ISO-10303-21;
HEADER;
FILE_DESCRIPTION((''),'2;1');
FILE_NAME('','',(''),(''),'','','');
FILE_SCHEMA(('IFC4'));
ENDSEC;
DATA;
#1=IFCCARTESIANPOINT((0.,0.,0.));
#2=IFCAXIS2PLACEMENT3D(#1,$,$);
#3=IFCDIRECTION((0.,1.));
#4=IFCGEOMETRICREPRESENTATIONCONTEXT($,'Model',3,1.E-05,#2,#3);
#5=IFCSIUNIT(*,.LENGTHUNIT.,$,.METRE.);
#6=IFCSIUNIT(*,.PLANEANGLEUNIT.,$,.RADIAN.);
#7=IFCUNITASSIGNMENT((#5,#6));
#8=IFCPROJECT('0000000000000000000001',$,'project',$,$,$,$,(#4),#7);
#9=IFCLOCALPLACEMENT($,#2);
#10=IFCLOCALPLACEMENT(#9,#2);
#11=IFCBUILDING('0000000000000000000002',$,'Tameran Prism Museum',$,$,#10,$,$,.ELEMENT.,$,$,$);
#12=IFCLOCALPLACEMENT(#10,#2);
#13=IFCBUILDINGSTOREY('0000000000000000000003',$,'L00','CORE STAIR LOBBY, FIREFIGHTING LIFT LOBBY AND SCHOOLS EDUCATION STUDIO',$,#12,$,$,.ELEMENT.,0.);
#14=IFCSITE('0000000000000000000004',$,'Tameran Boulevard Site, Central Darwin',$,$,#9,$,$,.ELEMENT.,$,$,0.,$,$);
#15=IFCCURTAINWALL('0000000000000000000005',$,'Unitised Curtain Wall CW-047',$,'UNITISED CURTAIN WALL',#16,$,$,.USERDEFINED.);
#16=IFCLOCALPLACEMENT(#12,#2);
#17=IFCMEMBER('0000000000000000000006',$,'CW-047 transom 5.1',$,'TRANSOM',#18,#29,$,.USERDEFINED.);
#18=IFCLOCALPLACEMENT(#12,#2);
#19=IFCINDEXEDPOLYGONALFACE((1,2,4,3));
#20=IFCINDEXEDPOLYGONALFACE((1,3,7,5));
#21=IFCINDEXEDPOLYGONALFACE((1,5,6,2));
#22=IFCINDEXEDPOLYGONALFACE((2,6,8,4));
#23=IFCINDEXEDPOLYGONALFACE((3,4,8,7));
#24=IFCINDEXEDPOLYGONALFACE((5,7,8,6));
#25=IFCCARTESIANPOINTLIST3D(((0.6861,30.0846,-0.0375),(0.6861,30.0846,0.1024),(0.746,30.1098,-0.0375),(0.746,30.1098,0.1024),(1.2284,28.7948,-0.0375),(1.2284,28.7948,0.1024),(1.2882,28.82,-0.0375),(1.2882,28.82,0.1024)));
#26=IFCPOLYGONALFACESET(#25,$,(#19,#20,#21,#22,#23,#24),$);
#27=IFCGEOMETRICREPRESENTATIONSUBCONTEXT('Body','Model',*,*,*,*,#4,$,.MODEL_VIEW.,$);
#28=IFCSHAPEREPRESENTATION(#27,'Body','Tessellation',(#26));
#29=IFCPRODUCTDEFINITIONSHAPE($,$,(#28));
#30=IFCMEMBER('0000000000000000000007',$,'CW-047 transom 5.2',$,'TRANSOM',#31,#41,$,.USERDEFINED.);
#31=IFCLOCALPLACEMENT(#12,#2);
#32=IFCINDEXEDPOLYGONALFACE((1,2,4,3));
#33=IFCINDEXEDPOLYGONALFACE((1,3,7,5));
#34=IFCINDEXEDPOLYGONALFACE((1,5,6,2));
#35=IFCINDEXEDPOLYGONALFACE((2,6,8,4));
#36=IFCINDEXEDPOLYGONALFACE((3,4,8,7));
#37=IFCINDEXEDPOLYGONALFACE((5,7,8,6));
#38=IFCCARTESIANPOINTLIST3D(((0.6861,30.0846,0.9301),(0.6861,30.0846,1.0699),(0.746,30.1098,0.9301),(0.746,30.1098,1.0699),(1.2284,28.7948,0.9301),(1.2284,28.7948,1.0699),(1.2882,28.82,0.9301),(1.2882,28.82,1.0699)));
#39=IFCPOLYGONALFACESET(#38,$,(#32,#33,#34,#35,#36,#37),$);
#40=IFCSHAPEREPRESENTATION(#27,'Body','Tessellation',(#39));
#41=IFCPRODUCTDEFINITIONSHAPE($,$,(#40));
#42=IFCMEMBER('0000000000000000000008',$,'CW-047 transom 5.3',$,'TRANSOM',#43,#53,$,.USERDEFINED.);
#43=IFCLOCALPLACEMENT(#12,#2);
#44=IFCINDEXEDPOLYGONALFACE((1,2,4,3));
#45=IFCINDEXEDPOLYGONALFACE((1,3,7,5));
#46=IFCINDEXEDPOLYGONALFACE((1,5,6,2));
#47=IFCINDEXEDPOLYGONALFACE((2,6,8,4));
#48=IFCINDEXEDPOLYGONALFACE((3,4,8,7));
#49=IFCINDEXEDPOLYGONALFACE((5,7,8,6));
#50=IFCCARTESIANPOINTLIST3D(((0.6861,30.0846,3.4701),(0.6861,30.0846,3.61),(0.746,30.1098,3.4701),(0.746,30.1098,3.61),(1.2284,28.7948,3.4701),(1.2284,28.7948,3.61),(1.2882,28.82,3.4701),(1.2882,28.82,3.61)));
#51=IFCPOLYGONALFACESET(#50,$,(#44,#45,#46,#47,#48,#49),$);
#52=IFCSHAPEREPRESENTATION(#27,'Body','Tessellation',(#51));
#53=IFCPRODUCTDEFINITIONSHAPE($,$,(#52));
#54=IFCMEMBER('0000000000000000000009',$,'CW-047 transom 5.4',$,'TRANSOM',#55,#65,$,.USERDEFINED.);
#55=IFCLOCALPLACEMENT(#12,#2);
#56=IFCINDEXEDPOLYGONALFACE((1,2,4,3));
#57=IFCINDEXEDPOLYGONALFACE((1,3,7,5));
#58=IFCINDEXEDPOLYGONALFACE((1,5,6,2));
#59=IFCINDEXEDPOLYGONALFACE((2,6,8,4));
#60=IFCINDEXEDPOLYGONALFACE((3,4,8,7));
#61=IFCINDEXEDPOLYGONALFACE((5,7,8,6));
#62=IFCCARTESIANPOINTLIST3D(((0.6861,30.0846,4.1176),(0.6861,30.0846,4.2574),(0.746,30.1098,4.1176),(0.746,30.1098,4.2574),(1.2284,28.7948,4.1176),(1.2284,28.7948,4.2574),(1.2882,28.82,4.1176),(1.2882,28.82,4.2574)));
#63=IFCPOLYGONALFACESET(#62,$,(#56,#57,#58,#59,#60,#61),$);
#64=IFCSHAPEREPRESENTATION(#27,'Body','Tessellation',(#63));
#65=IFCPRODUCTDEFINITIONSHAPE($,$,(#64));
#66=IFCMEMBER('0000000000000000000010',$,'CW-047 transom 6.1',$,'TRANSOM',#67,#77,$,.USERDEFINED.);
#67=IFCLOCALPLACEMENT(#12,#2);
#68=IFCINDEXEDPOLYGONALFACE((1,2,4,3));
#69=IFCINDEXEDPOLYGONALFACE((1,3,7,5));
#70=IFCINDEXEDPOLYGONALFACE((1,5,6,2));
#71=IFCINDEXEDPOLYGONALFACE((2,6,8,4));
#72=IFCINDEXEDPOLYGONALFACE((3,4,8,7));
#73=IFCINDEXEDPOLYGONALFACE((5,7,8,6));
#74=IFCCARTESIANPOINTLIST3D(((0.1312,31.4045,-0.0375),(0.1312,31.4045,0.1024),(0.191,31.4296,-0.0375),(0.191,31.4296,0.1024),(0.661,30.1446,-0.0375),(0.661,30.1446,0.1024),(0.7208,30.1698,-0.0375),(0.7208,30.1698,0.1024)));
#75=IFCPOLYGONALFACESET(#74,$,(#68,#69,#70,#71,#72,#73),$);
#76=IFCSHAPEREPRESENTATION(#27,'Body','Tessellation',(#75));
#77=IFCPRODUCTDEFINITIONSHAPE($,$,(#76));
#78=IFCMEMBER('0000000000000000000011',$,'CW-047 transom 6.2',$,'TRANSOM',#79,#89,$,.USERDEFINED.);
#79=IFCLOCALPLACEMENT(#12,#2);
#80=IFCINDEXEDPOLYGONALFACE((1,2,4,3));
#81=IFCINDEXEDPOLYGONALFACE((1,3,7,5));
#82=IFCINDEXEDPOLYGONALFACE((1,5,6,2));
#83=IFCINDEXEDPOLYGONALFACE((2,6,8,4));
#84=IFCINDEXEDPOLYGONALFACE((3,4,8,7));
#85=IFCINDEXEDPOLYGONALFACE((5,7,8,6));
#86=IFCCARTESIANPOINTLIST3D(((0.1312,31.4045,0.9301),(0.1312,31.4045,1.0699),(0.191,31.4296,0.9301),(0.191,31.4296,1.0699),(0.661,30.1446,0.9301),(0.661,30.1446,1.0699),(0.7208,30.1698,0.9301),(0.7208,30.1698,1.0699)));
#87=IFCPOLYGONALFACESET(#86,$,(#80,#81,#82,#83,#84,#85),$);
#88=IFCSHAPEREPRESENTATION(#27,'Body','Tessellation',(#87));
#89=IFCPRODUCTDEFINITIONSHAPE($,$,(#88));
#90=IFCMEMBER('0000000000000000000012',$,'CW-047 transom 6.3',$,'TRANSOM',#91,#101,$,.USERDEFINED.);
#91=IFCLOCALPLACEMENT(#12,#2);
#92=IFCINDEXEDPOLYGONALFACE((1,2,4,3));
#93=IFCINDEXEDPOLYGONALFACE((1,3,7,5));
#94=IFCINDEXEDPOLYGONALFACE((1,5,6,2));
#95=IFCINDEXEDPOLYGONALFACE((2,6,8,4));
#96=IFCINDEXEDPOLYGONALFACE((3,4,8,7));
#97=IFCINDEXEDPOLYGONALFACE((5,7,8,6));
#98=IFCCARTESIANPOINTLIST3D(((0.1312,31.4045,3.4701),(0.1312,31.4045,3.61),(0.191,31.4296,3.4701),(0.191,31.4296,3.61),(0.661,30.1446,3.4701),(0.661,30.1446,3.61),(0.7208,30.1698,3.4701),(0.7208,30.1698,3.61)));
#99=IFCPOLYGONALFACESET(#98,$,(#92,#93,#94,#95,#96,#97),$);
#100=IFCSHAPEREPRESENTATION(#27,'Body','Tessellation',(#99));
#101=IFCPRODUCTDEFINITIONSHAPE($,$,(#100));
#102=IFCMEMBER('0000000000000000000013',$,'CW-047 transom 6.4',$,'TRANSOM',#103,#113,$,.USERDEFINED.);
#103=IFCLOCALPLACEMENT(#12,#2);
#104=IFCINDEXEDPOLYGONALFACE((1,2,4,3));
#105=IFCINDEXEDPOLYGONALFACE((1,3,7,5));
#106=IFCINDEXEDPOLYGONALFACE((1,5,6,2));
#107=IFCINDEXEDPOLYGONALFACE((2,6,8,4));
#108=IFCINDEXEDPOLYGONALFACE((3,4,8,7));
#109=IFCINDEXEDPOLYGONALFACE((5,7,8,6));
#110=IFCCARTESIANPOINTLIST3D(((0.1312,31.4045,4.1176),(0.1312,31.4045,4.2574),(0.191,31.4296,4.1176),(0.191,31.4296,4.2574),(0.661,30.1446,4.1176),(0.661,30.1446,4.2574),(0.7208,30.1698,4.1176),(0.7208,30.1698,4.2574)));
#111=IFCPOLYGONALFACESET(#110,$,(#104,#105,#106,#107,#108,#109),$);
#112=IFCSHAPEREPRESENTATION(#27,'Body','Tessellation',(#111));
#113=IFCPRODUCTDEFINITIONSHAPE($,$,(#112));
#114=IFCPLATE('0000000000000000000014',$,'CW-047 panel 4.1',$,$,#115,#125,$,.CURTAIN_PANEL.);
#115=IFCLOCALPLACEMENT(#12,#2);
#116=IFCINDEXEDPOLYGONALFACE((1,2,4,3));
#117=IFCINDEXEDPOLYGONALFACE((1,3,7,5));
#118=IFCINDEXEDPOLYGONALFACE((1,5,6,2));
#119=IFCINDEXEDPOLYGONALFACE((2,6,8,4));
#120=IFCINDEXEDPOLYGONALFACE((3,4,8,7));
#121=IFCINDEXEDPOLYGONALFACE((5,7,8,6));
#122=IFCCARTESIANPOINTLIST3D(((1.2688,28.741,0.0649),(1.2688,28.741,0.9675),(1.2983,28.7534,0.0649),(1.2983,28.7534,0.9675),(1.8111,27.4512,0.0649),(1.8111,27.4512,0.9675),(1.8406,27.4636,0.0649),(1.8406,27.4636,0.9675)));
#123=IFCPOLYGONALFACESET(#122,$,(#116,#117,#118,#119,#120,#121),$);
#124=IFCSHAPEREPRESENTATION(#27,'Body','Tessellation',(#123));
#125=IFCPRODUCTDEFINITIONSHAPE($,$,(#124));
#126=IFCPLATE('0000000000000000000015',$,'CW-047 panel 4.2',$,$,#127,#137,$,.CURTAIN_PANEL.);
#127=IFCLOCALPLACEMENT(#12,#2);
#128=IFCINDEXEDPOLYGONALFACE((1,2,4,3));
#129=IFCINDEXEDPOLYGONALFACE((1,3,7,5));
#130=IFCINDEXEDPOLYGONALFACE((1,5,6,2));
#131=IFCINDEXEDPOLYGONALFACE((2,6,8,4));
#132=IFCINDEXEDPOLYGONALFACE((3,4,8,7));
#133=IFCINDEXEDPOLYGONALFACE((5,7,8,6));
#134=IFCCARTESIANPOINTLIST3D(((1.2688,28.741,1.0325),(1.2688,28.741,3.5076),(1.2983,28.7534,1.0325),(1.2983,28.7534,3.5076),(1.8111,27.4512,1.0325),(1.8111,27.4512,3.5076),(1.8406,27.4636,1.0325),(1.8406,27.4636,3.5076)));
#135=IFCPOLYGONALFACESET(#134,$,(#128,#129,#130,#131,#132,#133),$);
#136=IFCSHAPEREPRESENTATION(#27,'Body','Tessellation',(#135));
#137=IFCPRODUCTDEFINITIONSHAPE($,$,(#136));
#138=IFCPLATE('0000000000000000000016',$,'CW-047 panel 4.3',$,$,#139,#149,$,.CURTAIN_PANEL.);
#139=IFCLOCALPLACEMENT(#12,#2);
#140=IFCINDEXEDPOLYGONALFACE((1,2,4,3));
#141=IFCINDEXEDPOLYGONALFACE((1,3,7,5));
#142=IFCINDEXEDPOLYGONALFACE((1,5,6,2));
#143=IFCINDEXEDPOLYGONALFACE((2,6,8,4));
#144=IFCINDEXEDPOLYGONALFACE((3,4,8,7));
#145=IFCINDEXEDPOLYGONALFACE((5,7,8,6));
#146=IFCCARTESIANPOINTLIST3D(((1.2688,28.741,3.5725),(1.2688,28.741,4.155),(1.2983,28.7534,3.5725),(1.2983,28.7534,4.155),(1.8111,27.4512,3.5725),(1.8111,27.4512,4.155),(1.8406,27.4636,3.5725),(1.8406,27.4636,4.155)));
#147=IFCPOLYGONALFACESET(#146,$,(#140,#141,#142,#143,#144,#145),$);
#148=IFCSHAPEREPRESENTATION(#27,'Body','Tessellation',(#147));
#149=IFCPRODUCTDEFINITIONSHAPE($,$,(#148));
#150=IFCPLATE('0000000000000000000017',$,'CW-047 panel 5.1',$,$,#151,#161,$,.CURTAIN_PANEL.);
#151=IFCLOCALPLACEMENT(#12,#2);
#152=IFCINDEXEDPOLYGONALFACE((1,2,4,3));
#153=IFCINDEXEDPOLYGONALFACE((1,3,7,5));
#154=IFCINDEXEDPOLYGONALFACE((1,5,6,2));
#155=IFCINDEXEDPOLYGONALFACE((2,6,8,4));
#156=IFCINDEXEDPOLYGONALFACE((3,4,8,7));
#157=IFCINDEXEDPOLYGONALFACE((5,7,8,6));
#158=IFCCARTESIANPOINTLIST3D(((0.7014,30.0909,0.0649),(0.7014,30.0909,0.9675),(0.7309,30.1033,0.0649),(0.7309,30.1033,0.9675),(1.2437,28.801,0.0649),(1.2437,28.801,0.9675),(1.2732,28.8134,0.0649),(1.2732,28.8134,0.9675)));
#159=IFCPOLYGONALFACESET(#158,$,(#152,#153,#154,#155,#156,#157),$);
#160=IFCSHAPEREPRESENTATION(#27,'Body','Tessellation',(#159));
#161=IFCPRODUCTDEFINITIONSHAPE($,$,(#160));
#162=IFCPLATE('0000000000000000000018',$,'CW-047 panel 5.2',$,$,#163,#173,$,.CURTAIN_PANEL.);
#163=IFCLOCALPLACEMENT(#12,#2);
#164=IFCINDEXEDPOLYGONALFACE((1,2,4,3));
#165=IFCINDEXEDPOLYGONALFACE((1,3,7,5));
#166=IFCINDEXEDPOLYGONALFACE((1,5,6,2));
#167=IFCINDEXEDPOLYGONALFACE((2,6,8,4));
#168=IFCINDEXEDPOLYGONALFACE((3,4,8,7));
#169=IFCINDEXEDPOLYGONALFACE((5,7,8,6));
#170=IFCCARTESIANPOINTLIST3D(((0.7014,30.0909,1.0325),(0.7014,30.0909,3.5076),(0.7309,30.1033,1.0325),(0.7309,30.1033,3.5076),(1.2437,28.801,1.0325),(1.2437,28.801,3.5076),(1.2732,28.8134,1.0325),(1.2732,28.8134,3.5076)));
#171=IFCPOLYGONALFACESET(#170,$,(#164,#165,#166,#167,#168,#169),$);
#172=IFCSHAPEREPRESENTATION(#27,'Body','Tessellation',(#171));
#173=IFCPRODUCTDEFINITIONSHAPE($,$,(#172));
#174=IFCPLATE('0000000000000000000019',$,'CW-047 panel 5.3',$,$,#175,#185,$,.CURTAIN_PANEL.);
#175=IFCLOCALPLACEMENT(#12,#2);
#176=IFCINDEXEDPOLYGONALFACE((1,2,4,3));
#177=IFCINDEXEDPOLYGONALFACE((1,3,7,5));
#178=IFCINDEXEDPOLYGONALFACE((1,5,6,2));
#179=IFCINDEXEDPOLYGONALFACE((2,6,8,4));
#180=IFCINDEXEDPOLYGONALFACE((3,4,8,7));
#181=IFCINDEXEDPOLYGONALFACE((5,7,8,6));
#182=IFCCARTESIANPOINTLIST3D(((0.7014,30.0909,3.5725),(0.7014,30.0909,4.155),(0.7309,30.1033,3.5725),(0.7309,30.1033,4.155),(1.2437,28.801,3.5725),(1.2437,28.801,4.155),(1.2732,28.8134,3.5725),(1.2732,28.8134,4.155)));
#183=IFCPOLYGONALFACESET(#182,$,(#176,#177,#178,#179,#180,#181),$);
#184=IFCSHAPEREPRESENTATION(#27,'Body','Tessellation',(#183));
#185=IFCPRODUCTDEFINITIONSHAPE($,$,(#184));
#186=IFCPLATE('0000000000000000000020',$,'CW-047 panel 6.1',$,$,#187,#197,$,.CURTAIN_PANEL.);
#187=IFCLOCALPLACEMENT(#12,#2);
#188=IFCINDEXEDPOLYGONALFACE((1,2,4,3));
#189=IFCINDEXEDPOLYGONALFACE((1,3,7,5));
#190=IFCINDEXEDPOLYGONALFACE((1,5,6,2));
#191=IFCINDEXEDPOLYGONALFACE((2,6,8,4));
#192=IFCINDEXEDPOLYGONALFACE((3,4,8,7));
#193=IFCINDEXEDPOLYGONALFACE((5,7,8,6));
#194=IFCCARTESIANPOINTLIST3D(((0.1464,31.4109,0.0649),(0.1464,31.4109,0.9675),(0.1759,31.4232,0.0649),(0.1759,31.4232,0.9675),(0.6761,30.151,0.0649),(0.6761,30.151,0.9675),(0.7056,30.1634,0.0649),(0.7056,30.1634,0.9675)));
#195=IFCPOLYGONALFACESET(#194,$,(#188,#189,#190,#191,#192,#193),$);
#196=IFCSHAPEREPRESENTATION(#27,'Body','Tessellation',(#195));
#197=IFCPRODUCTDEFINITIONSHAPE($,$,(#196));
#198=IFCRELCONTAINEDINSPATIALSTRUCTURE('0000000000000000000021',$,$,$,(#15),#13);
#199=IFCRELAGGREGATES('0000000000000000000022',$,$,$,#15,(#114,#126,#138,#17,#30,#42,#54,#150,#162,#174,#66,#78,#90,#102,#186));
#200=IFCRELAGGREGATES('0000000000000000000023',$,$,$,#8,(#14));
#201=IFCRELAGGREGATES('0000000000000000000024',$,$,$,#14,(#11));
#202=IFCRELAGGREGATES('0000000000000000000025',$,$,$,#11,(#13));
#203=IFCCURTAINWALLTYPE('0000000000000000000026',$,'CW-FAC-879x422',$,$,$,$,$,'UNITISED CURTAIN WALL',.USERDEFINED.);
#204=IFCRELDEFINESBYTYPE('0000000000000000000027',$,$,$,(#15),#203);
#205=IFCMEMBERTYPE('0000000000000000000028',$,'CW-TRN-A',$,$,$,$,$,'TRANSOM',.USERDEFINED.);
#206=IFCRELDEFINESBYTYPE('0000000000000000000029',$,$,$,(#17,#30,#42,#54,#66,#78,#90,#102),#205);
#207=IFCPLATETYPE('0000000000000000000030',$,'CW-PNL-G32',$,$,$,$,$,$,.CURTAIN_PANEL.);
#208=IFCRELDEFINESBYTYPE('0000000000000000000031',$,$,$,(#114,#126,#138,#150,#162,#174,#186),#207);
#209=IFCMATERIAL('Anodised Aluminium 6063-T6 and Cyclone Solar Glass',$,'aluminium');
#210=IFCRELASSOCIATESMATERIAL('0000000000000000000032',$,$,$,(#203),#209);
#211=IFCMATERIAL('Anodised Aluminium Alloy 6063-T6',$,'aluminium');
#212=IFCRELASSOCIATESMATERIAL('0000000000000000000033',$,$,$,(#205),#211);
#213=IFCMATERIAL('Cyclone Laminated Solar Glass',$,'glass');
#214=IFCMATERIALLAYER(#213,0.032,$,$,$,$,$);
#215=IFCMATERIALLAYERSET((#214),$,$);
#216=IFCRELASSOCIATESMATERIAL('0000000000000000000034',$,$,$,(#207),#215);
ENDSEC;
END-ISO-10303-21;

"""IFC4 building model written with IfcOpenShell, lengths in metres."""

from ifc_helpers import new_model, si_unit, direction, frame, origin, origin_2d, place, context, subcontext, project, spatial, rectangle, extrude, material, layer, layer_set, material_profile, profile_set, type_object, element, aggregate, save


model = new_model("IFC4")

# Units and contexts
model_context = context("Model", 3, precision=1e-05, world=origin(), true_north=direction((0.0, 1.0)))
body_context = subcontext(model_context, "Body", "Model", "MODEL_VIEW")
ifc_project = project(units=[si_unit("LENGTHUNIT", "METRE"), si_unit("PLANEANGLEUNIT", "RADIAN")], contexts=[model_context])

# Site, building, storey
site_placement = place(None, origin())
site = spatial("IfcSite", under=ifc_project, at=site_placement, Name="Tameran Boulevard Site, Central Darwin", CompositionType="ELEMENT", RefElevation=0.0)
building_placement = place(site_placement, origin())
building = spatial("IfcBuilding", under=site, at=building_placement, Name="Tameran Prism Museum", CompositionType="ELEMENT")
storey_placement = place(building_placement, origin())
storey = spatial("IfcBuildingStorey", under=building, at=storey_placement, Name="L00", Description="CORE STAIR LOBBY, FIREFIGHTING LIFT LOBBY AND SCHOOLS EDUCATION STUDIO", CompositionType="ELEMENT", Elevation=0.0)

# Curtain wall, members, plates
ifc_material_1 = material(Name="Anodised Aluminium 6063-T6 and Cyclone Solar Glass", Category="aluminium")
curtain_wall_type = type_object("IfcCurtainWallType", Name="CW-FAC-879x422", ElementType="UNITISED CURTAIN WALL", PredefinedType="USERDEFINED", material=ifc_material_1)
curtain_wall_placement = place(storey_placement, origin())
curtain_wall = element("IfcCurtainWall", 1, at=curtain_wall_placement, inside=storey, type_object=curtain_wall_type, Name="Unitised Curtain Wall CW-047", ObjectType="UNITISED CURTAIN WALL", PredefinedType="USERDEFINED")
ifc_material_2 = material(Name="Anodised Aluminium Alloy 6063-T6", Category="aluminium")
ifc_material_profile_1 = material_profile(ifc_material_2, rectangle(XDim=0.0649, YDim=0.1399, at=origin_2d()))
ifc_profile_set_1 = profile_set([ifc_material_profile_1])
member_type_1 = type_object("IfcMemberType", Name="CW-TRN-A", ElementType="TRANSOM", PredefinedType="USERDEFINED", material=ifc_profile_set_1)
member_1_placement = place(storey_placement, frame((1.2583, 28.8074, 0.0325), z_axis=(-0.38755, 0.921849, 0.0), x_axis=(-0.921849, -0.38755, 0.0)))
member_1 = element("IfcMember", 2, at=member_1_placement, type_object=member_type_1, Name="CW-047 transom 5.1", ObjectType="TRANSOM", PredefinedType="USERDEFINED", context=body_context, shape_type="SweptSolid", body=[
    extrude(rectangle(XDim=0.0649, YDim=0.1399, at=origin_2d()), origin(), (0.0, 0.0, 1.0), 1.3992),
])
member_2_placement = place(storey_placement, frame((1.2583, 28.8074, 1.0), z_axis=(-0.38755, 0.921849, 0.0), x_axis=(-0.921849, -0.38755, 0.0)))
member_2 = element("IfcMember", 3, at=member_2_placement, type_object=member_type_1, Name="CW-047 transom 5.2", ObjectType="TRANSOM", PredefinedType="USERDEFINED", context=body_context, shape_type="SweptSolid", body=[
    extrude(rectangle(XDim=0.0649, YDim=0.1399, at=origin_2d()), origin(), (0.0, 0.0, 1.0), 1.3992),
])
member_3_placement = place(storey_placement, frame((1.2583, 28.8074, 3.54), z_axis=(-0.38755, 0.921849, 0.0), x_axis=(-0.921849, -0.38755, 0.0)))
member_3 = element("IfcMember", 4, at=member_3_placement, type_object=member_type_1, Name="CW-047 transom 5.3", ObjectType="TRANSOM", PredefinedType="USERDEFINED", context=body_context, shape_type="SweptSolid", body=[
    extrude(rectangle(XDim=0.0649, YDim=0.1399, at=origin_2d()), origin(), (0.0, 0.0, 1.0), 1.3992),
])
member_4_placement = place(storey_placement, frame((1.2583, 28.8074, 4.1875), z_axis=(-0.38755, 0.921849, 0.0), x_axis=(-0.921849, -0.38755, 0.0)))
member_4 = element("IfcMember", 5, at=member_4_placement, type_object=member_type_1, Name="CW-047 transom 5.4", ObjectType="TRANSOM", PredefinedType="USERDEFINED", context=body_context, shape_type="SweptSolid", body=[
    extrude(rectangle(XDim=0.0649, YDim=0.1399, at=origin_2d()), origin(), (0.0, 0.0, 1.0), 1.3992),
])
member_5_placement = place(storey_placement, frame((0.6909, 30.1572, 0.0325), z_axis=(-0.387658, 0.921803, 0.0), x_axis=(-0.921803, -0.387658, 0.0)))
member_5 = element("IfcMember", 6, at=member_5_placement, type_object=member_type_1, Name="CW-047 transom 6.1", ObjectType="TRANSOM", PredefinedType="USERDEFINED", context=body_context, shape_type="SweptSolid", body=[
    extrude(rectangle(XDim=0.0649, YDim=0.1399, at=origin_2d()), origin(), (0.0, 0.0, 1.0), 1.3667),
])
member_6_placement = place(storey_placement, frame((0.6909, 30.1572, 1.0), z_axis=(-0.387658, 0.921803, 0.0), x_axis=(-0.921803, -0.387658, 0.0)))
member_6 = element("IfcMember", 7, at=member_6_placement, type_object=member_type_1, Name="CW-047 transom 6.2", ObjectType="TRANSOM", PredefinedType="USERDEFINED", context=body_context, shape_type="SweptSolid", body=[
    extrude(rectangle(XDim=0.0649, YDim=0.1399, at=origin_2d()), origin(), (0.0, 0.0, 1.0), 1.3667),
])
member_7_placement = place(storey_placement, frame((0.6909, 30.1572, 3.54), z_axis=(-0.387658, 0.921803, 0.0), x_axis=(-0.921803, -0.387658, 0.0)))
member_7 = element("IfcMember", 8, at=member_7_placement, type_object=member_type_1, Name="CW-047 transom 6.3", ObjectType="TRANSOM", PredefinedType="USERDEFINED", context=body_context, shape_type="SweptSolid", body=[
    extrude(rectangle(XDim=0.0649, YDim=0.1399, at=origin_2d()), origin(), (0.0, 0.0, 1.0), 1.3667),
])
member_8_placement = place(storey_placement, frame((0.6909, 30.1572, 4.1875), z_axis=(-0.387658, 0.921803, 0.0), x_axis=(-0.921803, -0.387658, 0.0)))
member_8 = element("IfcMember", 9, at=member_8_placement, type_object=member_type_1, Name="CW-047 transom 6.4", ObjectType="TRANSOM", PredefinedType="USERDEFINED", context=body_context, shape_type="SweptSolid", body=[
    extrude(rectangle(XDim=0.0649, YDim=0.1399, at=origin_2d()), origin(), (0.0, 0.0, 1.0), 1.3667),
])
ifc_material_3 = material(Name="Cyclone Laminated Solar Glass", Category="glass")
ifc_layer_1 = layer(ifc_material_3, 0.032)
ifc_layer_set_1 = layer_set([ifc_layer_1])
plate_type = type_object("IfcPlateType", Name="CW-PNL-G32", PredefinedType="CURTAIN_PANEL", material=ifc_layer_set_1)
plate_1_placement = place(storey_placement, frame((1.5547, 28.1023, 0.0649), z_axis=(0.0, 0.0, 1.0), x_axis=(-0.387563, 0.921843, 0.0)))
plate_1 = element("IfcPlate", 10, at=plate_1_placement, type_object=plate_type, Name="CW-047 panel 4.1", PredefinedType="CURTAIN_PANEL", context=body_context, shape_type="SweptSolid", body=[
    extrude(rectangle(XDim=1.3992, YDim=0.032, at=origin_2d()), origin(), (0.0, 0.0, 1.0), 0.9026),
])
plate_2_placement = place(storey_placement, frame((1.5547, 28.1023, 1.0325), z_axis=(0.0, 0.0, 1.0), x_axis=(-0.387563, 0.921843, 0.0)))
plate_2 = element("IfcPlate", 11, at=plate_2_placement, type_object=plate_type, Name="CW-047 panel 4.2", PredefinedType="CURTAIN_PANEL", context=body_context, shape_type="SweptSolid", body=[
    extrude(rectangle(XDim=1.3992, YDim=0.032, at=origin_2d()), origin(), (0.0, 0.0, 1.0), 2.4751),
])
plate_3_placement = place(storey_placement, frame((1.5547, 28.1023, 3.5725), z_axis=(0.0, 0.0, 1.0), x_axis=(-0.387563, 0.921843, 0.0)))
plate_3 = element("IfcPlate", 12, at=plate_3_placement, type_object=plate_type, Name="CW-047 panel 4.3", PredefinedType="CURTAIN_PANEL", context=body_context, shape_type="SweptSolid", body=[
    extrude(rectangle(XDim=1.3992, YDim=0.032, at=origin_2d()), origin(), (0.0, 0.0, 1.0), 0.5825),
])
plate_4_placement = place(storey_placement, frame((0.9873, 29.4521, 0.0649), z_axis=(0.0, 0.0, 1.0), x_axis=(-0.387563, 0.921843, 0.0)))
plate_4 = element("IfcPlate", 13, at=plate_4_placement, type_object=plate_type, Name="CW-047 panel 5.1", PredefinedType="CURTAIN_PANEL", context=body_context, shape_type="SweptSolid", body=[
    extrude(rectangle(XDim=1.3992, YDim=0.032, at=origin_2d()), origin(), (0.0, 0.0, 1.0), 0.9026),
])
plate_5_placement = place(storey_placement, frame((0.9873, 29.4521, 1.0325), z_axis=(0.0, 0.0, 1.0), x_axis=(-0.387563, 0.921843, 0.0)))
plate_5 = element("IfcPlate", 14, at=plate_5_placement, type_object=plate_type, Name="CW-047 panel 5.2", PredefinedType="CURTAIN_PANEL", context=body_context, shape_type="SweptSolid", body=[
    extrude(rectangle(XDim=1.3992, YDim=0.032, at=origin_2d()), origin(), (0.0, 0.0, 1.0), 2.4751),
])
plate_6_placement = place(storey_placement, frame((0.9873, 29.4521, 3.5725), z_axis=(0.0, 0.0, 1.0), x_axis=(-0.387563, 0.921843, 0.0)))
plate_6 = element("IfcPlate", 15, at=plate_6_placement, type_object=plate_type, Name="CW-047 panel 5.3", PredefinedType="CURTAIN_PANEL", context=body_context, shape_type="SweptSolid", body=[
    extrude(rectangle(XDim=1.3992, YDim=0.032, at=origin_2d()), origin(), (0.0, 0.0, 1.0), 0.5825),
])
plate_7_placement = place(storey_placement, frame((0.426, 30.7871, 0.0649), z_axis=(0.0, 0.0, 1.0), x_axis=(-0.387563, 0.921843, 0.0)))
plate_7 = element("IfcPlate", 16, at=plate_7_placement, type_object=plate_type, Name="CW-047 panel 6.1", PredefinedType="CURTAIN_PANEL", context=body_context, shape_type="SweptSolid", body=[
    extrude(rectangle(XDim=1.3667, YDim=0.032, at=origin_2d()), origin(), (0.0, 0.0, 1.0), 0.9026),
])
aggregate(curtain_wall, [plate_1, plate_2, plate_3, member_1, member_2, member_3, member_4, plate_4, plate_5, plate_6, member_5, member_6, member_7, member_8, plate_7])

save(model, "model.ifc")
